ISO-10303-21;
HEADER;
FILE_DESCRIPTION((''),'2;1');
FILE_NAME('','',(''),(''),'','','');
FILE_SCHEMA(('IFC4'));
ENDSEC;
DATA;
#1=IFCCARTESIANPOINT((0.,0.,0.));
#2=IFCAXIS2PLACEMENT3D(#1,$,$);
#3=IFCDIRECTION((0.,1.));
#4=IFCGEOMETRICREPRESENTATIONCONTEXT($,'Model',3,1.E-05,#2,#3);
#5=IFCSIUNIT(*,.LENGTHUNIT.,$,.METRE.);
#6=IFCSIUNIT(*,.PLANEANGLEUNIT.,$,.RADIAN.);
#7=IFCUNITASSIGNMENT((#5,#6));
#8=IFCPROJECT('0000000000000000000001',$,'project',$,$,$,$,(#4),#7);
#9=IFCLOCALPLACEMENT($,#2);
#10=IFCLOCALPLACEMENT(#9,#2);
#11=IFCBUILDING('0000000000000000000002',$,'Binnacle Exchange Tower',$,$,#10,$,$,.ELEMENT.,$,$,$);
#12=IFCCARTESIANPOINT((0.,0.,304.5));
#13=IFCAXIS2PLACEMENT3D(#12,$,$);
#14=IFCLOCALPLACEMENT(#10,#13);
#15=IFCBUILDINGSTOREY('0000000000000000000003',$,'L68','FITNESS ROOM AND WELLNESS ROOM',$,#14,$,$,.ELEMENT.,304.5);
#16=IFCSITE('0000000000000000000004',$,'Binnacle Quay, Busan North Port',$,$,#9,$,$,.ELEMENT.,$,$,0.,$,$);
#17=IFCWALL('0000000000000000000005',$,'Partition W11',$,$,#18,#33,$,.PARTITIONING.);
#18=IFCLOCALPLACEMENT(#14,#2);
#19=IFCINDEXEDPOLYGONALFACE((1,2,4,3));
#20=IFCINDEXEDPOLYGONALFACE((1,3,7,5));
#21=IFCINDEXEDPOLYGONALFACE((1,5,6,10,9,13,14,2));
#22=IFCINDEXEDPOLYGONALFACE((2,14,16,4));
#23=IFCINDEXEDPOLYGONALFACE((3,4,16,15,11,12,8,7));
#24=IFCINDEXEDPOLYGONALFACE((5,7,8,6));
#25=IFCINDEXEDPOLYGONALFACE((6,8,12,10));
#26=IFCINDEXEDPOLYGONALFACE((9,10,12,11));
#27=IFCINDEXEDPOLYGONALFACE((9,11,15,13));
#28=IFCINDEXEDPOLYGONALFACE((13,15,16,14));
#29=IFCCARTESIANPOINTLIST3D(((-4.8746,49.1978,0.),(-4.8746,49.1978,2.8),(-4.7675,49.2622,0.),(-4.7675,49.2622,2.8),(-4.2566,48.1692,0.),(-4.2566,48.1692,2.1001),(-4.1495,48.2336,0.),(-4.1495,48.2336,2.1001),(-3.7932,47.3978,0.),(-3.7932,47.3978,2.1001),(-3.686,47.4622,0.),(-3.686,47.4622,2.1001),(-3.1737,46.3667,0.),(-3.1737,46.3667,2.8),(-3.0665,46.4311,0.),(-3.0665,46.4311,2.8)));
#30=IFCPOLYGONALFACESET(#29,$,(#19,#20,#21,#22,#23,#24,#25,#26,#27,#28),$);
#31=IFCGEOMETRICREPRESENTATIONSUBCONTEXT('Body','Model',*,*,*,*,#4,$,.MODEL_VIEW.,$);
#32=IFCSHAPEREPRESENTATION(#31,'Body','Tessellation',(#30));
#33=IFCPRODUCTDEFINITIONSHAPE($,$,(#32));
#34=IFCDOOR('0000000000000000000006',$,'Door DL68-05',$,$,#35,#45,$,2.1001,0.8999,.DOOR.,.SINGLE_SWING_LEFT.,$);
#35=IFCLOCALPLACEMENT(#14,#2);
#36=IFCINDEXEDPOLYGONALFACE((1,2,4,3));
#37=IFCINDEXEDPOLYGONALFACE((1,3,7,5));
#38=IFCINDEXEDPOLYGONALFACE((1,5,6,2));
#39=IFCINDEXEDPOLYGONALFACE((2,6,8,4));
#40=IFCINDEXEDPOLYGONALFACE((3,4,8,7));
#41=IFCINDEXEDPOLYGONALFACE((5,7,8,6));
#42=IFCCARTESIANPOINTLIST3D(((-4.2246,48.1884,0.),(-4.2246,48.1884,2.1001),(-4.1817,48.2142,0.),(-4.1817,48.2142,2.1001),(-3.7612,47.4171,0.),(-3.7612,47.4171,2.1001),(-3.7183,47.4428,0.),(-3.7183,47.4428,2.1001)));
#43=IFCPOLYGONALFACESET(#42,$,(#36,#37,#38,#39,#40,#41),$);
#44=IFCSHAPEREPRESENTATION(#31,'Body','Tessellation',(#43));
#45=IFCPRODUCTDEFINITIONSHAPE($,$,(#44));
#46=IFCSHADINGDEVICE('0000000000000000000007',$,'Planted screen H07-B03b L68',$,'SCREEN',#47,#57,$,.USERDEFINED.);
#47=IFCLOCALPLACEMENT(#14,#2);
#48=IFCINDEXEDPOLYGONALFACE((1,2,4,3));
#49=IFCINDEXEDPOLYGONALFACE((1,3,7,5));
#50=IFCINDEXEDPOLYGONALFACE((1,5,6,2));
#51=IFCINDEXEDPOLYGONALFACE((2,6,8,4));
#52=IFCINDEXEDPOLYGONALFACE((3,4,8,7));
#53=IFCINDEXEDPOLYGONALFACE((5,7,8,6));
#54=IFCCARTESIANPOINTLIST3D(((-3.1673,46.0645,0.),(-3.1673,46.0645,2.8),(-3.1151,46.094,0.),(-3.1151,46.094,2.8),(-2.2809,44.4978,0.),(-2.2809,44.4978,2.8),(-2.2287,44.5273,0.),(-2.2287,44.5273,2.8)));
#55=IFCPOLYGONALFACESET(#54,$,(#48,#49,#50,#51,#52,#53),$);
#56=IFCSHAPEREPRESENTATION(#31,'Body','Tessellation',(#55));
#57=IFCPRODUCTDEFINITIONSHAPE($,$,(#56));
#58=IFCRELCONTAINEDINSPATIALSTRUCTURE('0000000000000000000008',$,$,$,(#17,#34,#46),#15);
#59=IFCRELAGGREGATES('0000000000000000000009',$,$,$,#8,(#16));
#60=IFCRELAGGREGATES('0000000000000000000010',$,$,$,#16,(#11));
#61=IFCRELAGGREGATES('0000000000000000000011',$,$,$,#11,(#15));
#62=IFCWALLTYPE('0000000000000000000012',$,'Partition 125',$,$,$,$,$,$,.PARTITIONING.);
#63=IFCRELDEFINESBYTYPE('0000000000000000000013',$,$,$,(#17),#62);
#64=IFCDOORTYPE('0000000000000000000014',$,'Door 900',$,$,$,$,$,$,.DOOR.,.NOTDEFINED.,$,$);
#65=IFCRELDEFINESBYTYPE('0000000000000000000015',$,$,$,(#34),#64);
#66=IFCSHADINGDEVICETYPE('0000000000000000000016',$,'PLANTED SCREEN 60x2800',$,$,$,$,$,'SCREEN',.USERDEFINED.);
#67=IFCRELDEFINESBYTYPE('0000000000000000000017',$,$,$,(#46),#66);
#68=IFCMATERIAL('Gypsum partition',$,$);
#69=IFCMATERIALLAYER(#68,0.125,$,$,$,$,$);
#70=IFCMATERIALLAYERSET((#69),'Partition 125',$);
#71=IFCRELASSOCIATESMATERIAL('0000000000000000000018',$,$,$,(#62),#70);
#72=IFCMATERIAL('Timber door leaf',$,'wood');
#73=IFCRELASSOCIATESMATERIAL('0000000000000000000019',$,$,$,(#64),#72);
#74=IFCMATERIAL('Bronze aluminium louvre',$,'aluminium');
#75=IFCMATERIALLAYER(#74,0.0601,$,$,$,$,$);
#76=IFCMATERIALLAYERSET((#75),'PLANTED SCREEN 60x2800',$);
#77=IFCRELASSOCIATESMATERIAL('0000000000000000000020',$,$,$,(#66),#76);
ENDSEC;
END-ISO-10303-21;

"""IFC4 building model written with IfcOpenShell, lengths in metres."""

from ifc_helpers import new_model, si_unit, direction, frame, frame_2d, origin, origin_2d, place, context, subcontext, project, spatial, rectangle, extrude, material, layer, layer_set, type_object, element, fill, save


model = new_model("IFC4")

# Units and contexts
model_context = context("Model", 3, precision=1e-05, world=origin(), true_north=direction((0.0, 1.0)))
body_context = subcontext(model_context, "Body", "Model", "MODEL_VIEW")
ifc_project = project(units=[si_unit("LENGTHUNIT", "METRE"), si_unit("PLANEANGLEUNIT", "RADIAN")], contexts=[model_context])

# Site, building, storey
site_placement = place(None, origin())
site = spatial("IfcSite", under=ifc_project, at=site_placement, Name="Binnacle Quay, Busan North Port", CompositionType="ELEMENT", RefElevation=0.0)
building_placement = place(site_placement, origin())
building = spatial("IfcBuilding", under=site, at=building_placement, Name="Binnacle Exchange Tower", CompositionType="ELEMENT")
storey_placement = place(building_placement, frame((0.0, 0.0, 304.5)))
storey = spatial("IfcBuildingStorey", under=building, at=storey_placement, Name="L68", Description="FITNESS ROOM AND WELLNESS ROOM", CompositionType="ELEMENT", Elevation=304.5)

# Wall, opening, door
ifc_material_1 = material(Name="Gypsum partition")
ifc_layer_1 = layer(ifc_material_1, 0.125)
ifc_layer_set_1 = layer_set([ifc_layer_1], Name="Partition 125")
wall_type_1 = type_object("IfcWallType", Name="Partition 125", PredefinedType="PARTITIONING", material=ifc_layer_set_1)
wall_1_placement = place(storey_placement, frame((-4.821, 49.23, 0.0), z_axis=(0.0, 0.0, 1.0), x_axis=(0.515007, -0.857186, 0.0)))
wall_1 = element("IfcWall", 1, at=wall_1_placement, inside=storey, type_object=wall_type_1, Name="Partition W11", PredefinedType="PARTITIONING", context=body_context, shape_type="SweptSolid", body=[
    extrude(rectangle(XDim=3.3027, YDim=0.125, at=frame_2d((1.6514, 0.0))), origin(), (0.0, 0.0, 1.0), 2.8),
])
opening_1_placement = place(wall_1_placement, frame((1.2, 0.0, 0.0)))
opening_1 = element("IfcOpeningElement", 2, at=opening_1_placement, cuts=wall_1, PredefinedType="OPENING", context=body_context, shape_type="SweptSolid", body=[
    extrude(rectangle(XDim=0.8999, YDim=2.1001, at=frame_2d((0.45, 1.05))), frame((0.0, 0.0725, 0.0), z_axis=(0.0, -1.0, 0.0), x_axis=(1.0, 0.0, 0.0)), (0.0, 0.0, 1.0), 0.145),
])
ifc_material_2 = material(Name="Timber door leaf", Category="wood")
door_type_1 = type_object("IfcDoorType", Name="Door 900", OperationType="NOTDEFINED", PredefinedType="DOOR", material=ifc_material_2)
door_1_placement = place(opening_1_placement, origin())
door_1 = element("IfcDoor", 3, at=door_1_placement, inside=storey, type_object=door_type_1, Name="Door DL68-05", OperationType="SINGLE_SWING_LEFT", OverallHeight=2.1001, OverallWidth=0.8999, PredefinedType="DOOR", context=body_context, shape_type="SweptSolid", body=[
    extrude(rectangle(XDim=0.8999, YDim=2.1001, at=frame_2d((0.45, 1.05))), frame((0.0, 0.0249, 0.0), z_axis=(0.0, -1.0, 0.0), x_axis=(1.0, 0.0, 0.0)), (0.0, 0.0, 1.0), 0.05),
])
fill(opening_1, door_1)

# Shading device
ifc_material_3 = material(Name="Bronze aluminium louvre", Category="aluminium")
ifc_layer_2 = layer(ifc_material_3, 0.0601)
ifc_layer_set_2 = layer_set([ifc_layer_2], Name="PLANTED SCREEN 60x2800")
shading_device_type = type_object("IfcShadingDeviceType", Name="PLANTED SCREEN 60x2800", ElementType="SCREEN", PredefinedType="USERDEFINED", material=ifc_layer_set_2)
shading_device_placement = place(storey_placement, frame((-2.698, 45.2959, 0.0), z_axis=(0.0, 0.0, 1.0), x_axis=(0.870356, 0.492424, 0.0)))
element("IfcShadingDevice", 4, at=shading_device_placement, inside=storey, type_object=shading_device_type, Name="Planted screen H07-B03b L68", ObjectType="SCREEN", PredefinedType="USERDEFINED", context=body_context, shape_type="SweptSolid", body=[
    extrude(rectangle(XDim=0.0601, YDim=1.8, at=origin_2d()), origin(), (0.0, 0.0, 1.0), 2.8),
])

save(model, "model.ifc")
